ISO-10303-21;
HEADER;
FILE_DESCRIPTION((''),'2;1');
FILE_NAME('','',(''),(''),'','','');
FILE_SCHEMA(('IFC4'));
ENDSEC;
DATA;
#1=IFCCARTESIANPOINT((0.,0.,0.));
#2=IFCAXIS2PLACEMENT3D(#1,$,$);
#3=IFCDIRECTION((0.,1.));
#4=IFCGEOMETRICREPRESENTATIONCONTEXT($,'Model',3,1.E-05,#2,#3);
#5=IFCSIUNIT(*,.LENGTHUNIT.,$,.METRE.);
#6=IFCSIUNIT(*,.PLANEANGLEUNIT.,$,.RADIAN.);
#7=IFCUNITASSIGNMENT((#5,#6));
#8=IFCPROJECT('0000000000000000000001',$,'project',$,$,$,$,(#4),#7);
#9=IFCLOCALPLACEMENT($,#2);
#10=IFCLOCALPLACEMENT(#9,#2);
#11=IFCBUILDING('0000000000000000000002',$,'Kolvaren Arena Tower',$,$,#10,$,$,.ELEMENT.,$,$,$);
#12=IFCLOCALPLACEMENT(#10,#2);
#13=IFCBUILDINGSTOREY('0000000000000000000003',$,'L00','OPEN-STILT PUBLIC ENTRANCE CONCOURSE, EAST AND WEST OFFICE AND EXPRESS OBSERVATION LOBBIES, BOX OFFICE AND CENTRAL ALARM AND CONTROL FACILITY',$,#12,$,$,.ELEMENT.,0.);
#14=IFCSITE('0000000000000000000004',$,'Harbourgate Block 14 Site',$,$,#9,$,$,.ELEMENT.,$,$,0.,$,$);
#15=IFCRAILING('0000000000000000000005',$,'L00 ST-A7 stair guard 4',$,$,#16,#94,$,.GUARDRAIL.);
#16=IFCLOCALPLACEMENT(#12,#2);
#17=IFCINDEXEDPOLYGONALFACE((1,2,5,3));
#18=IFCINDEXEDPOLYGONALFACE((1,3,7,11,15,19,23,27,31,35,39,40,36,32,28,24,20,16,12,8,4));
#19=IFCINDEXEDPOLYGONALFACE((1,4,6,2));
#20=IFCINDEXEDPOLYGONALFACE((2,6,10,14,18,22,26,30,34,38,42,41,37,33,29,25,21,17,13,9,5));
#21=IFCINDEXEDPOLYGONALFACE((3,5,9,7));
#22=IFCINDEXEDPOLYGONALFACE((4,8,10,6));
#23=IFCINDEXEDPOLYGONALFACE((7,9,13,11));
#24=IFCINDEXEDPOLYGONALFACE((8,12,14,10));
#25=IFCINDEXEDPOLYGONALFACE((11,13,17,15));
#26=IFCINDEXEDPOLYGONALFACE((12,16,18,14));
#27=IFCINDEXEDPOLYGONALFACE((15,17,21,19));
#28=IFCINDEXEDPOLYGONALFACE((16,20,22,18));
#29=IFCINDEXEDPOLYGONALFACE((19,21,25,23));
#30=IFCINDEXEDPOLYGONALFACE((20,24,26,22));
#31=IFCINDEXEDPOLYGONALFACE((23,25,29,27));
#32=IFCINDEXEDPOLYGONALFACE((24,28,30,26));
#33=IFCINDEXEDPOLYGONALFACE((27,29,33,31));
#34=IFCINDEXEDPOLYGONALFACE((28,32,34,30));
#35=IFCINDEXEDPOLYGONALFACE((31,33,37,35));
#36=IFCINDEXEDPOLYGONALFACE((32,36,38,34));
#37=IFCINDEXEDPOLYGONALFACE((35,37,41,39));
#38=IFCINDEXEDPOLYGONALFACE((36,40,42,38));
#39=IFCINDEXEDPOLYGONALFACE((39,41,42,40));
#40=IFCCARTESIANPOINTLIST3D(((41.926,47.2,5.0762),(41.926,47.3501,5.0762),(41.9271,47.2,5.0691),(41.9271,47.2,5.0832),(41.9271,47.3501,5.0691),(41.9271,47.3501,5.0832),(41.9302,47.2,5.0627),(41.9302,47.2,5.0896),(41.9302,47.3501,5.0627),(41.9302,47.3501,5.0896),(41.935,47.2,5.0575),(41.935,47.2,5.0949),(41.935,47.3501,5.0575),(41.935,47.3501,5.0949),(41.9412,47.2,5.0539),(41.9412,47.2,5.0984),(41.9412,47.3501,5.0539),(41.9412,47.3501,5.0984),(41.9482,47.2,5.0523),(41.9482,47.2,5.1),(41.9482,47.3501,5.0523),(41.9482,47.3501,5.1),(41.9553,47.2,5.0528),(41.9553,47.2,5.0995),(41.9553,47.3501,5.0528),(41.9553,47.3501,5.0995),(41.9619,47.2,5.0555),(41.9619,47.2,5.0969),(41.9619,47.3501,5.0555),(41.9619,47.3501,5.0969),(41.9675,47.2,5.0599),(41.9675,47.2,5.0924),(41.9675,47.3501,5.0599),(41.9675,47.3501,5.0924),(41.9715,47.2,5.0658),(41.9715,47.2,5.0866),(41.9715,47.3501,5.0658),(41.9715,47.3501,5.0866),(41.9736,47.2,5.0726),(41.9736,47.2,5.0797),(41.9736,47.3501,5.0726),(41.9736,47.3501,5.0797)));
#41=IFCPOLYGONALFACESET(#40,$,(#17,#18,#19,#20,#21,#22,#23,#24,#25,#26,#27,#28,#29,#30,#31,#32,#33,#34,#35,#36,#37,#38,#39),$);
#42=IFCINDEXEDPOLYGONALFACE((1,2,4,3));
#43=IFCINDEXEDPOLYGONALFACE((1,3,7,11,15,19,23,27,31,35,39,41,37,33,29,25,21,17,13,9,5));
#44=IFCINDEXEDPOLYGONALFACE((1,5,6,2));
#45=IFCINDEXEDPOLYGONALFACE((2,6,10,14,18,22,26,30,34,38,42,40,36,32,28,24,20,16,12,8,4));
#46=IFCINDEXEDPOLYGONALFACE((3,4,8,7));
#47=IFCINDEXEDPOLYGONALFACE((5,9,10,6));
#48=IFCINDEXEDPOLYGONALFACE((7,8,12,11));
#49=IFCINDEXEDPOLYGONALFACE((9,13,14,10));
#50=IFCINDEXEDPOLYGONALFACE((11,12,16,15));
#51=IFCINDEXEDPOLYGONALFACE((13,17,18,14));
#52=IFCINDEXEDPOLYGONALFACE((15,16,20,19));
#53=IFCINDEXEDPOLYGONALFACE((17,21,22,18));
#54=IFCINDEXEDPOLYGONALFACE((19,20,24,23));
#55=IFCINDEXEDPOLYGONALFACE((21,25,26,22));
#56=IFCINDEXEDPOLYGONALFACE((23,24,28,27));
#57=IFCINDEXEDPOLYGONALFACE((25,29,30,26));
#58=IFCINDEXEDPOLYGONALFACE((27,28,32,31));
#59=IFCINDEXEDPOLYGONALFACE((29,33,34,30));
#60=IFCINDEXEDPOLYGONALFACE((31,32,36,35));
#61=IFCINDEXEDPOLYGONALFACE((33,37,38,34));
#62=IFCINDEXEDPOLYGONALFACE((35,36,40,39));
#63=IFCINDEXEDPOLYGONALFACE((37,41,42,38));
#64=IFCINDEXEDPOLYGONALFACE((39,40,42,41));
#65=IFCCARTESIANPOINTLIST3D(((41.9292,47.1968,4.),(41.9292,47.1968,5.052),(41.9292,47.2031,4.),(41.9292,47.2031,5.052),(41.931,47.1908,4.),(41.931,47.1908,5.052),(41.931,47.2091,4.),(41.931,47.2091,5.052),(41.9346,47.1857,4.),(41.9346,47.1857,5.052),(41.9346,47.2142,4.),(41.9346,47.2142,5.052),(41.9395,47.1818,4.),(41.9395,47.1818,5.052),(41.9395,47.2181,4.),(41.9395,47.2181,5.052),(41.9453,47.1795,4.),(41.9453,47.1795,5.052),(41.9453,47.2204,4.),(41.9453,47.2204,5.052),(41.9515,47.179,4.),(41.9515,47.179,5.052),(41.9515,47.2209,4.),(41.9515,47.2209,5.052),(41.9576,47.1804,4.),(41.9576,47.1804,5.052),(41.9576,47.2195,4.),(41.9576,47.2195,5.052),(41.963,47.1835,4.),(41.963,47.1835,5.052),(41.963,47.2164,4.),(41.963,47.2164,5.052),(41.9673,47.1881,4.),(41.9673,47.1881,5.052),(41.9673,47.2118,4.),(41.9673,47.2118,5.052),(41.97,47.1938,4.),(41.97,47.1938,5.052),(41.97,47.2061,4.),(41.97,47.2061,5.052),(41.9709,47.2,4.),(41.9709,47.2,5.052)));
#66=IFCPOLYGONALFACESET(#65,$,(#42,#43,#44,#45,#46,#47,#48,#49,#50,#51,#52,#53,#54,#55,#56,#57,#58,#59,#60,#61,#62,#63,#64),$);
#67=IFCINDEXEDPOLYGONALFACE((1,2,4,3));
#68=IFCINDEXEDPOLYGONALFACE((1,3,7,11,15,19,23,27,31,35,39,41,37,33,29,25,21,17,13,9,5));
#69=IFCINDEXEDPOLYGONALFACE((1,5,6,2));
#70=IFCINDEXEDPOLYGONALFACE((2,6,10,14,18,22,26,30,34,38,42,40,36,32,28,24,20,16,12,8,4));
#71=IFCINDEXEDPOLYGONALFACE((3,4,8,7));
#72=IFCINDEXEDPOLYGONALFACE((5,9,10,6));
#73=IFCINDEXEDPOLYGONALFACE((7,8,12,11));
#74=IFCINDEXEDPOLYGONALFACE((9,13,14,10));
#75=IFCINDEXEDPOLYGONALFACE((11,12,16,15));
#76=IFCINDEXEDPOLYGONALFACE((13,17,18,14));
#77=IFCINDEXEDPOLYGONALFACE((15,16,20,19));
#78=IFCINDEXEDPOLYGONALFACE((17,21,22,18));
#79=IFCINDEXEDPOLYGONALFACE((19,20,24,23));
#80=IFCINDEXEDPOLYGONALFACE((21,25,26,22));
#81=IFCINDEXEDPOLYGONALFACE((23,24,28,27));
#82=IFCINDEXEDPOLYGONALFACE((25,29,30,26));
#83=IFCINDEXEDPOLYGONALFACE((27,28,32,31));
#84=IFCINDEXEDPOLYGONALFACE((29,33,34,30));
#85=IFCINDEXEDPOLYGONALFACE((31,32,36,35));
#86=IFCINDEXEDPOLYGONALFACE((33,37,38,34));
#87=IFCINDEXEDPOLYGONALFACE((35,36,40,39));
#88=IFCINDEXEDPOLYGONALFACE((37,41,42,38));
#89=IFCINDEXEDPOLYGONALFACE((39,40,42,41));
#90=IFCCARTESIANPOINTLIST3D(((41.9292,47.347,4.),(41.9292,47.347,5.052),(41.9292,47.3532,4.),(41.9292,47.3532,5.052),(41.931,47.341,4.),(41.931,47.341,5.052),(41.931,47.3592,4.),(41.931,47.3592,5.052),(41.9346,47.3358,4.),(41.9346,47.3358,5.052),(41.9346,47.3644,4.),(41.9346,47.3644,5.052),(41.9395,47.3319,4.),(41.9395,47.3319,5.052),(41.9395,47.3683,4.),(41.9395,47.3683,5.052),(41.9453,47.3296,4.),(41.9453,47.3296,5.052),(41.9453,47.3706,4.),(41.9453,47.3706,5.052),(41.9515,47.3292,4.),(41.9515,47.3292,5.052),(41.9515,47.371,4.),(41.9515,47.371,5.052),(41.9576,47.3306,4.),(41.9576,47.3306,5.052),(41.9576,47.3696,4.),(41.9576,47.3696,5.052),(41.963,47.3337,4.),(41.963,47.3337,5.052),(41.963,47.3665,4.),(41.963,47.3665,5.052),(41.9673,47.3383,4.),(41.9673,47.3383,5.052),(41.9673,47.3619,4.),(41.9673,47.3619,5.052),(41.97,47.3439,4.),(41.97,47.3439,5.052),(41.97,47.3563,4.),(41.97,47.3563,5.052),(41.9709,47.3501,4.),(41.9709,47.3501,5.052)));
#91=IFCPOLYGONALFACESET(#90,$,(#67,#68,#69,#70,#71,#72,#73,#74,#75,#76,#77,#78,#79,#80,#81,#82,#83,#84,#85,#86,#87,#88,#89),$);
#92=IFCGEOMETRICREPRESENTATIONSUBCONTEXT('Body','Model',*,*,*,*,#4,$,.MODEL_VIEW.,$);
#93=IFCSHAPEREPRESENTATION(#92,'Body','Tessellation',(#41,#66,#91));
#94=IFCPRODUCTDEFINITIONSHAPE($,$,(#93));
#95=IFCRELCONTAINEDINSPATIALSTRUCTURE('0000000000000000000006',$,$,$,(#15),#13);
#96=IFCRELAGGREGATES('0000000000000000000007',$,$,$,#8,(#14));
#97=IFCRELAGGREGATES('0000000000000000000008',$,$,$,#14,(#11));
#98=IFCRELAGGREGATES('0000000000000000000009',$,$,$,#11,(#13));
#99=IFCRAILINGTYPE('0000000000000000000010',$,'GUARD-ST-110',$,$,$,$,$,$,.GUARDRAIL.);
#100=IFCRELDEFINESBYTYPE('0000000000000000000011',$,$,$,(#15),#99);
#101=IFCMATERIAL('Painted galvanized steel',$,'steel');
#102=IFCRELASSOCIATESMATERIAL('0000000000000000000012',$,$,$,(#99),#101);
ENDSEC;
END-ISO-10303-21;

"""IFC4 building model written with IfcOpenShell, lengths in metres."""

from ifc_helpers import new_model, si_unit, direction, frame, origin, origin_2d, place, context, subcontext, project, spatial, circle, extrude, material, type_object, element, save


model = new_model("IFC4")

# Units and contexts
model_context = context("Model", 3, precision=1e-05, world=origin(), true_north=direction((0.0, 1.0)))
body_context = subcontext(model_context, "Body", "Model", "MODEL_VIEW")
ifc_project = project(units=[si_unit("LENGTHUNIT", "METRE"), si_unit("PLANEANGLEUNIT", "RADIAN")], contexts=[model_context])

# Site, building, storey
site_placement = place(None, origin())
site = spatial("IfcSite", under=ifc_project, at=site_placement, Name="Harbourgate Block 14 Site", CompositionType="ELEMENT", RefElevation=0.0)
building_placement = place(site_placement, origin())
building = spatial("IfcBuilding", under=site, at=building_placement, Name="Kolvaren Arena Tower", CompositionType="ELEMENT")
storey_placement = place(building_placement, origin())
storey = spatial("IfcBuildingStorey", under=building, at=storey_placement, Name="L00", Description="OPEN-STILT PUBLIC ENTRANCE CONCOURSE, EAST AND WEST OFFICE AND EXPRESS OBSERVATION LOBBIES, BOX OFFICE AND CENTRAL ALARM AND CONTROL FACILITY", CompositionType="ELEMENT", Elevation=0.0)

# Railing
ifc_material_1 = material(Name="Painted galvanized steel", Category="steel")
railing_type_1 = type_object("IfcRailingType", Name="GUARD-ST-110", PredefinedType="GUARDRAIL", material=ifc_material_1)
railing_1_placement = place(storey_placement, frame((41.95, 47.2, 4.0)))
element("IfcRailing", 1, at=railing_1_placement, inside=storey, type_object=railing_type_1, Name="L00 ST-A7 stair guard 4", PredefinedType="GUARDRAIL", context=body_context, shape_type="SweptSolid", body=[
    extrude(circle(Radius=0.0239, at=origin_2d()), frame((0.0, 0.0, 1.0762), z_axis=(0.0, 1.0, 0.0), x_axis=(-1.0, 0.0, 0.0)), (0.0, 0.0, 1.0), 0.1501),
    extrude(circle(Radius=0.021, at=origin_2d()), origin(), (0.0, 0.0, 1.0), 1.052),
    extrude(circle(Radius=0.021, at=origin_2d()), frame((0.0, 0.1501, 0.0)), (0.0, 0.0, 1.0), 1.052),
])

save(model, "model.ifc")
